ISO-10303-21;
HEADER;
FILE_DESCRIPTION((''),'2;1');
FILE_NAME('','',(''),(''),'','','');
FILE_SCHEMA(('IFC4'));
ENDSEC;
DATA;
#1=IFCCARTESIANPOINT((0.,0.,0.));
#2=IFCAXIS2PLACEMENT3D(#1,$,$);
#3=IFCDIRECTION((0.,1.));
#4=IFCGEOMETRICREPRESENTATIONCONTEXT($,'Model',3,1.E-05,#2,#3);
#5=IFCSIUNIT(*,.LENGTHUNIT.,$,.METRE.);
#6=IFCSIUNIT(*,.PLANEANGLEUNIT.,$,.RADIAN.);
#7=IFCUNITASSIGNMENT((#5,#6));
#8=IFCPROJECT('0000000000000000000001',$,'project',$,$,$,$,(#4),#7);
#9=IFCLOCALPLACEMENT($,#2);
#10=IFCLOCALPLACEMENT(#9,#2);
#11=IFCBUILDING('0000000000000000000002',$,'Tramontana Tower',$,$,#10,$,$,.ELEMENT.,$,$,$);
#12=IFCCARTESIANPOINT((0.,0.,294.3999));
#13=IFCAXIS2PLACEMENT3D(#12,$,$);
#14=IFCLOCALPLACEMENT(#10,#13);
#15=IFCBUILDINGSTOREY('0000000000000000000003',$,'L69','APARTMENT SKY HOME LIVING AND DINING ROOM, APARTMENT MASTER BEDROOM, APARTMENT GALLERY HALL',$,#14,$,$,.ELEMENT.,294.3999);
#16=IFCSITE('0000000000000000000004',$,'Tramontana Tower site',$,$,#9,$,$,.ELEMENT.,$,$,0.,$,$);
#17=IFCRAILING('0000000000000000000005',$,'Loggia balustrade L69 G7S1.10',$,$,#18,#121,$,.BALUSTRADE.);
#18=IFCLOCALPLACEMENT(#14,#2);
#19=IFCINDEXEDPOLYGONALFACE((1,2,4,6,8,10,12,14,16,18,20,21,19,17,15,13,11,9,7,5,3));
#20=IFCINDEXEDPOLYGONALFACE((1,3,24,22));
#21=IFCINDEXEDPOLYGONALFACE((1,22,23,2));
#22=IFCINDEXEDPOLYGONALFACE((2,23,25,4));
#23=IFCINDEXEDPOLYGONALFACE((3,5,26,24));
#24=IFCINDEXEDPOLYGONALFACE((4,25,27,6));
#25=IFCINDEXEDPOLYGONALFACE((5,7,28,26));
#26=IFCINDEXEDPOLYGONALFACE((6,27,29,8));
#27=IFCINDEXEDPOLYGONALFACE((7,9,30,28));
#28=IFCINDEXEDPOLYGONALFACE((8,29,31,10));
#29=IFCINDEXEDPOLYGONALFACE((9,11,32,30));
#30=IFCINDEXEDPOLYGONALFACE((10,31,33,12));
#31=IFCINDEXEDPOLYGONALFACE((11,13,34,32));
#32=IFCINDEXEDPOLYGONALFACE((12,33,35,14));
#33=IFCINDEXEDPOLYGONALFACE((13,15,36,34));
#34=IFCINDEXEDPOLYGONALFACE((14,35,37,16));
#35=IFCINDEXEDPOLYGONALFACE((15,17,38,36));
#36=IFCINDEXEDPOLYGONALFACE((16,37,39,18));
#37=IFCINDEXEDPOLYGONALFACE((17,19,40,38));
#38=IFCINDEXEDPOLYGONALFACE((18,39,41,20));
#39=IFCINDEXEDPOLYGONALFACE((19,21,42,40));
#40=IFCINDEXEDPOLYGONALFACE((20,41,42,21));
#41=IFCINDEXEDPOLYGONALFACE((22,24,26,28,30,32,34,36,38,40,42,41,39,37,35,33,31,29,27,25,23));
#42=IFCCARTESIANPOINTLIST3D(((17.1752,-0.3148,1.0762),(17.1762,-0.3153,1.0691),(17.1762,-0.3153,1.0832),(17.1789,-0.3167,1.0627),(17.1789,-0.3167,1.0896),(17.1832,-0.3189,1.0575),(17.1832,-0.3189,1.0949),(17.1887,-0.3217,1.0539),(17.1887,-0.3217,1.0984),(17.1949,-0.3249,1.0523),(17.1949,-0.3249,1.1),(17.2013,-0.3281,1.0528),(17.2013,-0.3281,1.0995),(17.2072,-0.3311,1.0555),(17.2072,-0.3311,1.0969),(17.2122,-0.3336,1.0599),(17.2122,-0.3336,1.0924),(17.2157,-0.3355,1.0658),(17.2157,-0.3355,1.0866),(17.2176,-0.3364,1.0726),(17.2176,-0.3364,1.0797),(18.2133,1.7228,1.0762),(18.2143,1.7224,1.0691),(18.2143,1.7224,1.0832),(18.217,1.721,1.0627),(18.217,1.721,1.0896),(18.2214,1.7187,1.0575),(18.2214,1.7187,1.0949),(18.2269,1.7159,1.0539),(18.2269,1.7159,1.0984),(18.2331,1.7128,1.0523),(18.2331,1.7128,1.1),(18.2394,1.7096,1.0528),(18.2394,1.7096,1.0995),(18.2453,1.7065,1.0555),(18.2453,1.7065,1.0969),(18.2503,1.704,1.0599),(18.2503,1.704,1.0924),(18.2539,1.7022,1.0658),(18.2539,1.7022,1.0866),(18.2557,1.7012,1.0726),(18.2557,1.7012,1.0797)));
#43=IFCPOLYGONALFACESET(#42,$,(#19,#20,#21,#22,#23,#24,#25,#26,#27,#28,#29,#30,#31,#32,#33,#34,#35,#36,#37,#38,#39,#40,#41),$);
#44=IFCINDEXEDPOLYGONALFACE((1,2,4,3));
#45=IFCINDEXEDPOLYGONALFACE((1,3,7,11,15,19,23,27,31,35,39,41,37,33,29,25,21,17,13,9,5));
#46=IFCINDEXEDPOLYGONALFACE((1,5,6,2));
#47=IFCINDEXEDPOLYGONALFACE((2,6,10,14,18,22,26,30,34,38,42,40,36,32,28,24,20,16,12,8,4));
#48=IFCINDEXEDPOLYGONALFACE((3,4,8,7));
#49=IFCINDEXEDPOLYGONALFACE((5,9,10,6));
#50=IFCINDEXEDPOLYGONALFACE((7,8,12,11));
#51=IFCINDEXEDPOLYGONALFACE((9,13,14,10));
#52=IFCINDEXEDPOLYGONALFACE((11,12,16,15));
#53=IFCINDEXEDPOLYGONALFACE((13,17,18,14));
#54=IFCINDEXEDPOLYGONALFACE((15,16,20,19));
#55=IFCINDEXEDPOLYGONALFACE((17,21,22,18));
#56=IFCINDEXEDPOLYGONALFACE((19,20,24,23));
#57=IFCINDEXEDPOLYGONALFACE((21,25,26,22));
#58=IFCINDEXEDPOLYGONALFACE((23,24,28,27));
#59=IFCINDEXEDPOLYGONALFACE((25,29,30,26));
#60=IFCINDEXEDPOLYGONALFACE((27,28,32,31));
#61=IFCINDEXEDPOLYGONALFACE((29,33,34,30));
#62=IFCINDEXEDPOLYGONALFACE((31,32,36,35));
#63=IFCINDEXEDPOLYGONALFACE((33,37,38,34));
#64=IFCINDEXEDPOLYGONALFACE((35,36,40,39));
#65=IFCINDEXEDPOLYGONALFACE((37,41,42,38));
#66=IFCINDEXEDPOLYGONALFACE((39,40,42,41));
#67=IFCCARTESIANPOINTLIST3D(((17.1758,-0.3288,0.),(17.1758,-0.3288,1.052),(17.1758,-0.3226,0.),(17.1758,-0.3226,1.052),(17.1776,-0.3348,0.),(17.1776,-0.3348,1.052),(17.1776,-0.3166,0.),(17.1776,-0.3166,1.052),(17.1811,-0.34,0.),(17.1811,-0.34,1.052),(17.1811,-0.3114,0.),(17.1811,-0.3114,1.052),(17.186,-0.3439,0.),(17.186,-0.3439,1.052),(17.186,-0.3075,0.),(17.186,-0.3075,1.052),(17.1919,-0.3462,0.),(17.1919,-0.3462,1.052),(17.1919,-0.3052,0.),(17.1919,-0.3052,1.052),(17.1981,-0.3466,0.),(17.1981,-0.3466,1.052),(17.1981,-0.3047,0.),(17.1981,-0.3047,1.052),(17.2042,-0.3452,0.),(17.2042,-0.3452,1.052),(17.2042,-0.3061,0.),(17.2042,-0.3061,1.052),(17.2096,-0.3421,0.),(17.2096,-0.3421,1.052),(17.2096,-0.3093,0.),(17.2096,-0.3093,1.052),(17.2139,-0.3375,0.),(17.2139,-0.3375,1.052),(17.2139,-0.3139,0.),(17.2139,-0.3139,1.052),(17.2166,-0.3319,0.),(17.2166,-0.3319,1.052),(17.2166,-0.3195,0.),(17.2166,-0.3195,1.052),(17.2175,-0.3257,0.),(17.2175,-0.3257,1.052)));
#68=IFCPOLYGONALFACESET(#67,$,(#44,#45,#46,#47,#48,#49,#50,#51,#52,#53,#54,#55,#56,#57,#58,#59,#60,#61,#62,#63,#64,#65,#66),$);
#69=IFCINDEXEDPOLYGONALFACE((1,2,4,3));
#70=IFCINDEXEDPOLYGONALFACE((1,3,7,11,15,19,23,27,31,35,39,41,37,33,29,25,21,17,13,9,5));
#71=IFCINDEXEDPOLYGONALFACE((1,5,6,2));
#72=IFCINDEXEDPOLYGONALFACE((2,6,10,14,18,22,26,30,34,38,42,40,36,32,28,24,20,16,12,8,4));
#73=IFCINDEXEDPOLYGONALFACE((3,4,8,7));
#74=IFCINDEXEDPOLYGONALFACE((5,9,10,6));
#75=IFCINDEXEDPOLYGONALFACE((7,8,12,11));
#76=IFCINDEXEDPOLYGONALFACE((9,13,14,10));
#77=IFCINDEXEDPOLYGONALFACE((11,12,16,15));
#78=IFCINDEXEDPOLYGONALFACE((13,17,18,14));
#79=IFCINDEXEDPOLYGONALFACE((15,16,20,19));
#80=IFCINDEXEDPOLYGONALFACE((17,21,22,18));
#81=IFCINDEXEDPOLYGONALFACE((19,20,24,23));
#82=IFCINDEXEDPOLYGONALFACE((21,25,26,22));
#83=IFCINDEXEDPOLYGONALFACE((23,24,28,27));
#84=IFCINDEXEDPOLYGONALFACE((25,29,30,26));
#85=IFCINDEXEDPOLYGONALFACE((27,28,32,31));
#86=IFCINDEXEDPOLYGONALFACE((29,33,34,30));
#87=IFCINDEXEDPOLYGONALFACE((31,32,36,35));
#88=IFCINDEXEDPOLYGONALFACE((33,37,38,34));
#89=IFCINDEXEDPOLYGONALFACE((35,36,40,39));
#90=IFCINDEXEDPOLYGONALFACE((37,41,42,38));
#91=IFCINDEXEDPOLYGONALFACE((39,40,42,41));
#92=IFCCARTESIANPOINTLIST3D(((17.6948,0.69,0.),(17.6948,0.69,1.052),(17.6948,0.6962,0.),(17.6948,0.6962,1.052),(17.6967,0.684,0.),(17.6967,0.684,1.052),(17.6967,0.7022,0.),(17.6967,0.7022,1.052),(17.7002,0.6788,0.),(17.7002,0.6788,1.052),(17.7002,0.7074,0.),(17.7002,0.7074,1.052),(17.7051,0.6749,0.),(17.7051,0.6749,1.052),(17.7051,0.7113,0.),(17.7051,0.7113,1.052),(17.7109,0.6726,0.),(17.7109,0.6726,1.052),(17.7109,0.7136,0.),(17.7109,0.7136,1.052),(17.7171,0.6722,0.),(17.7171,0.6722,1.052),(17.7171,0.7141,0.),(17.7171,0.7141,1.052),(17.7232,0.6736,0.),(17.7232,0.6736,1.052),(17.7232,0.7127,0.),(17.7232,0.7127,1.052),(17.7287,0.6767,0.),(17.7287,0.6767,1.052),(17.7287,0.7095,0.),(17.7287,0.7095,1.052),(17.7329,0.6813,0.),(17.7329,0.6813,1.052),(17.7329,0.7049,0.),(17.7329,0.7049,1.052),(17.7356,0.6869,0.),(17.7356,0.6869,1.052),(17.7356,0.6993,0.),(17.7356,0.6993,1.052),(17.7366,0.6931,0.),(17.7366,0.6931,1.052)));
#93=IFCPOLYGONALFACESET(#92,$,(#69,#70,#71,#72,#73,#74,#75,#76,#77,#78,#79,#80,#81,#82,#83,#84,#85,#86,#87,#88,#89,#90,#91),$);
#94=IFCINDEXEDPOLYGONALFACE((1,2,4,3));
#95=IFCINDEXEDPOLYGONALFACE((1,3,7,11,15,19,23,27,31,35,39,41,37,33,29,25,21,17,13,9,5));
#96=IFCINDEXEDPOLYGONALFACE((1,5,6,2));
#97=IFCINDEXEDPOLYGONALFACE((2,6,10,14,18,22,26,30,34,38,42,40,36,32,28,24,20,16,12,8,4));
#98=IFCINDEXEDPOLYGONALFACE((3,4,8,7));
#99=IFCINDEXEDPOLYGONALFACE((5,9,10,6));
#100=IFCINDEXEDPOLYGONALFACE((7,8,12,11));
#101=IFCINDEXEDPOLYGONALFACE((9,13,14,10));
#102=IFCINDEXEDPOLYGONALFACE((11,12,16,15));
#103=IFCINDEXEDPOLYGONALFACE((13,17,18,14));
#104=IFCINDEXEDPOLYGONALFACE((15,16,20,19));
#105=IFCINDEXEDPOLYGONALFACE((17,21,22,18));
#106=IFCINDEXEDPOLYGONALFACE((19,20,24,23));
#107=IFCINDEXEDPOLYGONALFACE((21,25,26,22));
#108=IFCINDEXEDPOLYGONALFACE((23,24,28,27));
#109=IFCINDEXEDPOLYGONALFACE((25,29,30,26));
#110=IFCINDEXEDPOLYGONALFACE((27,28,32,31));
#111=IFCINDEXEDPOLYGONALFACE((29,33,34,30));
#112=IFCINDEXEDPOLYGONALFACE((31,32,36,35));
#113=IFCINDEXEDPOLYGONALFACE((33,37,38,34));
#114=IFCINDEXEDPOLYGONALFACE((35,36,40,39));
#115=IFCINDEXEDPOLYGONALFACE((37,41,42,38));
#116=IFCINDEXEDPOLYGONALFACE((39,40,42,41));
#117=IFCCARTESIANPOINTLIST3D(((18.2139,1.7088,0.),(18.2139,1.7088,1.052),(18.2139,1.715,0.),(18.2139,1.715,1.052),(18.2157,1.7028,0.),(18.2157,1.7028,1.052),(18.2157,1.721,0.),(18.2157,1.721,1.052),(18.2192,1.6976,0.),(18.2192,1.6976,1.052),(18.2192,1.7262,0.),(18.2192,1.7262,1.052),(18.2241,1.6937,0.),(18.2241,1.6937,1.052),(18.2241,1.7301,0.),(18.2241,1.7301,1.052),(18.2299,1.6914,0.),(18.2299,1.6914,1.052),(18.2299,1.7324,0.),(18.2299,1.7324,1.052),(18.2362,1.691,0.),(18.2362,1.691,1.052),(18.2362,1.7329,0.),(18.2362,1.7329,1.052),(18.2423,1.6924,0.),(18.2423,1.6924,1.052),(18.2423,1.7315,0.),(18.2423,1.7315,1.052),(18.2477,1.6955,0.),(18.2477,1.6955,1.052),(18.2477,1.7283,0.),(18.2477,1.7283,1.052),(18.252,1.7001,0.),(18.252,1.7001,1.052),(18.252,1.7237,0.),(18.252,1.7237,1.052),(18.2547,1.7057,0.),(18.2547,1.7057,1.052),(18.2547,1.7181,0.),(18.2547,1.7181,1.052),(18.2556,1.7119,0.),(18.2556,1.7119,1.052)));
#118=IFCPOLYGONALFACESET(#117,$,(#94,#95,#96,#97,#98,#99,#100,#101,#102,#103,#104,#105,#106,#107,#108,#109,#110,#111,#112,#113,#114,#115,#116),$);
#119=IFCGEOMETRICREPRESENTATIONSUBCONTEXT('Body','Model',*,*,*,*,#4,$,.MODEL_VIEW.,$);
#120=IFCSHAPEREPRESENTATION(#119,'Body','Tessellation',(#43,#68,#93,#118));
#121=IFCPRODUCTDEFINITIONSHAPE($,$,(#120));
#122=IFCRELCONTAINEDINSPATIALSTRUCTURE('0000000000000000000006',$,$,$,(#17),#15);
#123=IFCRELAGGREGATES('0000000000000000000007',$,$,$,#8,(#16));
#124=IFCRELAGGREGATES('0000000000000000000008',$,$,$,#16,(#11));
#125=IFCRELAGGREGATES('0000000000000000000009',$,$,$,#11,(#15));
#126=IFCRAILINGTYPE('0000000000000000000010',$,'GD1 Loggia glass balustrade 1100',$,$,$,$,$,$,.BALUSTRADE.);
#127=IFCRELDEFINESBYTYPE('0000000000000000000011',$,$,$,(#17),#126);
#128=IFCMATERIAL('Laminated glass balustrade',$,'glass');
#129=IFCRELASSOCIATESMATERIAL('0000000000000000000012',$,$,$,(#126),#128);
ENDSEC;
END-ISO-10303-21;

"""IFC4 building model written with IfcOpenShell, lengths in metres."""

from ifc_helpers import new_model, si_unit, direction, frame, origin, origin_2d, place, context, subcontext, project, spatial, circle, extrude, material, type_object, element, save


model = new_model("IFC4")

# Units and contexts
model_context = context("Model", 3, precision=1e-05, world=origin(), true_north=direction((0.0, 1.0)))
body_context = subcontext(model_context, "Body", "Model", "MODEL_VIEW")
ifc_project = project(units=[si_unit("LENGTHUNIT", "METRE"), si_unit("PLANEANGLEUNIT", "RADIAN")], contexts=[model_context])

# Site, building, storey
site_placement = place(None, origin())
site = spatial("IfcSite", under=ifc_project, at=site_placement, Name="Tramontana Tower site", CompositionType="ELEMENT", RefElevation=0.0)
building_placement = place(site_placement, origin())
building = spatial("IfcBuilding", under=site, at=building_placement, Name="Tramontana Tower", CompositionType="ELEMENT")
storey_placement = place(building_placement, frame((0.0, 0.0, 294.3999)))
storey = spatial("IfcBuildingStorey", under=building, at=storey_placement, Name="L69", Description="APARTMENT SKY HOME LIVING AND DINING ROOM, APARTMENT MASTER BEDROOM, APARTMENT GALLERY HALL", CompositionType="ELEMENT", Elevation=294.3999)

# Railing
ifc_material_1 = material(Name="Laminated glass balustrade", Category="glass")
railing_type_1 = type_object("IfcRailingType", Name="GD1 Loggia glass balustrade 1100", PredefinedType="BALUSTRADE", material=ifc_material_1)
railing_1_placement = place(storey_placement, frame((17.1965, -0.3257, 0.0)))
element("IfcRailing", 1, at=railing_1_placement, inside=storey, type_object=railing_type_1, Name="Loggia balustrade L69 G7S1.10", PredefinedType="BALUSTRADE", context=body_context, shape_type="SweptSolid", body=[
    extrude(circle(Radius=0.0239, at=origin_2d()), frame((0.0, 0.0, 1.0762), z_axis=(0.453948, 0.891028, 0.0), x_axis=(-0.891028, 0.453948, 0.0)), (0.0, 0.0, 1.0), 2.2869),
    extrude(circle(Radius=0.021, at=origin_2d()), origin(), (0.0, 0.0, 1.0), 1.052),
    extrude(circle(Radius=0.021, at=origin_2d()), frame((0.519, 1.0188, 0.0)), (0.0, 0.0, 1.0), 1.052),
    extrude(circle(Radius=0.021, at=origin_2d()), frame((1.0381, 2.0376, 0.0)), (0.0, 0.0, 1.0), 1.052),
])

save(model, "model.ifc")
